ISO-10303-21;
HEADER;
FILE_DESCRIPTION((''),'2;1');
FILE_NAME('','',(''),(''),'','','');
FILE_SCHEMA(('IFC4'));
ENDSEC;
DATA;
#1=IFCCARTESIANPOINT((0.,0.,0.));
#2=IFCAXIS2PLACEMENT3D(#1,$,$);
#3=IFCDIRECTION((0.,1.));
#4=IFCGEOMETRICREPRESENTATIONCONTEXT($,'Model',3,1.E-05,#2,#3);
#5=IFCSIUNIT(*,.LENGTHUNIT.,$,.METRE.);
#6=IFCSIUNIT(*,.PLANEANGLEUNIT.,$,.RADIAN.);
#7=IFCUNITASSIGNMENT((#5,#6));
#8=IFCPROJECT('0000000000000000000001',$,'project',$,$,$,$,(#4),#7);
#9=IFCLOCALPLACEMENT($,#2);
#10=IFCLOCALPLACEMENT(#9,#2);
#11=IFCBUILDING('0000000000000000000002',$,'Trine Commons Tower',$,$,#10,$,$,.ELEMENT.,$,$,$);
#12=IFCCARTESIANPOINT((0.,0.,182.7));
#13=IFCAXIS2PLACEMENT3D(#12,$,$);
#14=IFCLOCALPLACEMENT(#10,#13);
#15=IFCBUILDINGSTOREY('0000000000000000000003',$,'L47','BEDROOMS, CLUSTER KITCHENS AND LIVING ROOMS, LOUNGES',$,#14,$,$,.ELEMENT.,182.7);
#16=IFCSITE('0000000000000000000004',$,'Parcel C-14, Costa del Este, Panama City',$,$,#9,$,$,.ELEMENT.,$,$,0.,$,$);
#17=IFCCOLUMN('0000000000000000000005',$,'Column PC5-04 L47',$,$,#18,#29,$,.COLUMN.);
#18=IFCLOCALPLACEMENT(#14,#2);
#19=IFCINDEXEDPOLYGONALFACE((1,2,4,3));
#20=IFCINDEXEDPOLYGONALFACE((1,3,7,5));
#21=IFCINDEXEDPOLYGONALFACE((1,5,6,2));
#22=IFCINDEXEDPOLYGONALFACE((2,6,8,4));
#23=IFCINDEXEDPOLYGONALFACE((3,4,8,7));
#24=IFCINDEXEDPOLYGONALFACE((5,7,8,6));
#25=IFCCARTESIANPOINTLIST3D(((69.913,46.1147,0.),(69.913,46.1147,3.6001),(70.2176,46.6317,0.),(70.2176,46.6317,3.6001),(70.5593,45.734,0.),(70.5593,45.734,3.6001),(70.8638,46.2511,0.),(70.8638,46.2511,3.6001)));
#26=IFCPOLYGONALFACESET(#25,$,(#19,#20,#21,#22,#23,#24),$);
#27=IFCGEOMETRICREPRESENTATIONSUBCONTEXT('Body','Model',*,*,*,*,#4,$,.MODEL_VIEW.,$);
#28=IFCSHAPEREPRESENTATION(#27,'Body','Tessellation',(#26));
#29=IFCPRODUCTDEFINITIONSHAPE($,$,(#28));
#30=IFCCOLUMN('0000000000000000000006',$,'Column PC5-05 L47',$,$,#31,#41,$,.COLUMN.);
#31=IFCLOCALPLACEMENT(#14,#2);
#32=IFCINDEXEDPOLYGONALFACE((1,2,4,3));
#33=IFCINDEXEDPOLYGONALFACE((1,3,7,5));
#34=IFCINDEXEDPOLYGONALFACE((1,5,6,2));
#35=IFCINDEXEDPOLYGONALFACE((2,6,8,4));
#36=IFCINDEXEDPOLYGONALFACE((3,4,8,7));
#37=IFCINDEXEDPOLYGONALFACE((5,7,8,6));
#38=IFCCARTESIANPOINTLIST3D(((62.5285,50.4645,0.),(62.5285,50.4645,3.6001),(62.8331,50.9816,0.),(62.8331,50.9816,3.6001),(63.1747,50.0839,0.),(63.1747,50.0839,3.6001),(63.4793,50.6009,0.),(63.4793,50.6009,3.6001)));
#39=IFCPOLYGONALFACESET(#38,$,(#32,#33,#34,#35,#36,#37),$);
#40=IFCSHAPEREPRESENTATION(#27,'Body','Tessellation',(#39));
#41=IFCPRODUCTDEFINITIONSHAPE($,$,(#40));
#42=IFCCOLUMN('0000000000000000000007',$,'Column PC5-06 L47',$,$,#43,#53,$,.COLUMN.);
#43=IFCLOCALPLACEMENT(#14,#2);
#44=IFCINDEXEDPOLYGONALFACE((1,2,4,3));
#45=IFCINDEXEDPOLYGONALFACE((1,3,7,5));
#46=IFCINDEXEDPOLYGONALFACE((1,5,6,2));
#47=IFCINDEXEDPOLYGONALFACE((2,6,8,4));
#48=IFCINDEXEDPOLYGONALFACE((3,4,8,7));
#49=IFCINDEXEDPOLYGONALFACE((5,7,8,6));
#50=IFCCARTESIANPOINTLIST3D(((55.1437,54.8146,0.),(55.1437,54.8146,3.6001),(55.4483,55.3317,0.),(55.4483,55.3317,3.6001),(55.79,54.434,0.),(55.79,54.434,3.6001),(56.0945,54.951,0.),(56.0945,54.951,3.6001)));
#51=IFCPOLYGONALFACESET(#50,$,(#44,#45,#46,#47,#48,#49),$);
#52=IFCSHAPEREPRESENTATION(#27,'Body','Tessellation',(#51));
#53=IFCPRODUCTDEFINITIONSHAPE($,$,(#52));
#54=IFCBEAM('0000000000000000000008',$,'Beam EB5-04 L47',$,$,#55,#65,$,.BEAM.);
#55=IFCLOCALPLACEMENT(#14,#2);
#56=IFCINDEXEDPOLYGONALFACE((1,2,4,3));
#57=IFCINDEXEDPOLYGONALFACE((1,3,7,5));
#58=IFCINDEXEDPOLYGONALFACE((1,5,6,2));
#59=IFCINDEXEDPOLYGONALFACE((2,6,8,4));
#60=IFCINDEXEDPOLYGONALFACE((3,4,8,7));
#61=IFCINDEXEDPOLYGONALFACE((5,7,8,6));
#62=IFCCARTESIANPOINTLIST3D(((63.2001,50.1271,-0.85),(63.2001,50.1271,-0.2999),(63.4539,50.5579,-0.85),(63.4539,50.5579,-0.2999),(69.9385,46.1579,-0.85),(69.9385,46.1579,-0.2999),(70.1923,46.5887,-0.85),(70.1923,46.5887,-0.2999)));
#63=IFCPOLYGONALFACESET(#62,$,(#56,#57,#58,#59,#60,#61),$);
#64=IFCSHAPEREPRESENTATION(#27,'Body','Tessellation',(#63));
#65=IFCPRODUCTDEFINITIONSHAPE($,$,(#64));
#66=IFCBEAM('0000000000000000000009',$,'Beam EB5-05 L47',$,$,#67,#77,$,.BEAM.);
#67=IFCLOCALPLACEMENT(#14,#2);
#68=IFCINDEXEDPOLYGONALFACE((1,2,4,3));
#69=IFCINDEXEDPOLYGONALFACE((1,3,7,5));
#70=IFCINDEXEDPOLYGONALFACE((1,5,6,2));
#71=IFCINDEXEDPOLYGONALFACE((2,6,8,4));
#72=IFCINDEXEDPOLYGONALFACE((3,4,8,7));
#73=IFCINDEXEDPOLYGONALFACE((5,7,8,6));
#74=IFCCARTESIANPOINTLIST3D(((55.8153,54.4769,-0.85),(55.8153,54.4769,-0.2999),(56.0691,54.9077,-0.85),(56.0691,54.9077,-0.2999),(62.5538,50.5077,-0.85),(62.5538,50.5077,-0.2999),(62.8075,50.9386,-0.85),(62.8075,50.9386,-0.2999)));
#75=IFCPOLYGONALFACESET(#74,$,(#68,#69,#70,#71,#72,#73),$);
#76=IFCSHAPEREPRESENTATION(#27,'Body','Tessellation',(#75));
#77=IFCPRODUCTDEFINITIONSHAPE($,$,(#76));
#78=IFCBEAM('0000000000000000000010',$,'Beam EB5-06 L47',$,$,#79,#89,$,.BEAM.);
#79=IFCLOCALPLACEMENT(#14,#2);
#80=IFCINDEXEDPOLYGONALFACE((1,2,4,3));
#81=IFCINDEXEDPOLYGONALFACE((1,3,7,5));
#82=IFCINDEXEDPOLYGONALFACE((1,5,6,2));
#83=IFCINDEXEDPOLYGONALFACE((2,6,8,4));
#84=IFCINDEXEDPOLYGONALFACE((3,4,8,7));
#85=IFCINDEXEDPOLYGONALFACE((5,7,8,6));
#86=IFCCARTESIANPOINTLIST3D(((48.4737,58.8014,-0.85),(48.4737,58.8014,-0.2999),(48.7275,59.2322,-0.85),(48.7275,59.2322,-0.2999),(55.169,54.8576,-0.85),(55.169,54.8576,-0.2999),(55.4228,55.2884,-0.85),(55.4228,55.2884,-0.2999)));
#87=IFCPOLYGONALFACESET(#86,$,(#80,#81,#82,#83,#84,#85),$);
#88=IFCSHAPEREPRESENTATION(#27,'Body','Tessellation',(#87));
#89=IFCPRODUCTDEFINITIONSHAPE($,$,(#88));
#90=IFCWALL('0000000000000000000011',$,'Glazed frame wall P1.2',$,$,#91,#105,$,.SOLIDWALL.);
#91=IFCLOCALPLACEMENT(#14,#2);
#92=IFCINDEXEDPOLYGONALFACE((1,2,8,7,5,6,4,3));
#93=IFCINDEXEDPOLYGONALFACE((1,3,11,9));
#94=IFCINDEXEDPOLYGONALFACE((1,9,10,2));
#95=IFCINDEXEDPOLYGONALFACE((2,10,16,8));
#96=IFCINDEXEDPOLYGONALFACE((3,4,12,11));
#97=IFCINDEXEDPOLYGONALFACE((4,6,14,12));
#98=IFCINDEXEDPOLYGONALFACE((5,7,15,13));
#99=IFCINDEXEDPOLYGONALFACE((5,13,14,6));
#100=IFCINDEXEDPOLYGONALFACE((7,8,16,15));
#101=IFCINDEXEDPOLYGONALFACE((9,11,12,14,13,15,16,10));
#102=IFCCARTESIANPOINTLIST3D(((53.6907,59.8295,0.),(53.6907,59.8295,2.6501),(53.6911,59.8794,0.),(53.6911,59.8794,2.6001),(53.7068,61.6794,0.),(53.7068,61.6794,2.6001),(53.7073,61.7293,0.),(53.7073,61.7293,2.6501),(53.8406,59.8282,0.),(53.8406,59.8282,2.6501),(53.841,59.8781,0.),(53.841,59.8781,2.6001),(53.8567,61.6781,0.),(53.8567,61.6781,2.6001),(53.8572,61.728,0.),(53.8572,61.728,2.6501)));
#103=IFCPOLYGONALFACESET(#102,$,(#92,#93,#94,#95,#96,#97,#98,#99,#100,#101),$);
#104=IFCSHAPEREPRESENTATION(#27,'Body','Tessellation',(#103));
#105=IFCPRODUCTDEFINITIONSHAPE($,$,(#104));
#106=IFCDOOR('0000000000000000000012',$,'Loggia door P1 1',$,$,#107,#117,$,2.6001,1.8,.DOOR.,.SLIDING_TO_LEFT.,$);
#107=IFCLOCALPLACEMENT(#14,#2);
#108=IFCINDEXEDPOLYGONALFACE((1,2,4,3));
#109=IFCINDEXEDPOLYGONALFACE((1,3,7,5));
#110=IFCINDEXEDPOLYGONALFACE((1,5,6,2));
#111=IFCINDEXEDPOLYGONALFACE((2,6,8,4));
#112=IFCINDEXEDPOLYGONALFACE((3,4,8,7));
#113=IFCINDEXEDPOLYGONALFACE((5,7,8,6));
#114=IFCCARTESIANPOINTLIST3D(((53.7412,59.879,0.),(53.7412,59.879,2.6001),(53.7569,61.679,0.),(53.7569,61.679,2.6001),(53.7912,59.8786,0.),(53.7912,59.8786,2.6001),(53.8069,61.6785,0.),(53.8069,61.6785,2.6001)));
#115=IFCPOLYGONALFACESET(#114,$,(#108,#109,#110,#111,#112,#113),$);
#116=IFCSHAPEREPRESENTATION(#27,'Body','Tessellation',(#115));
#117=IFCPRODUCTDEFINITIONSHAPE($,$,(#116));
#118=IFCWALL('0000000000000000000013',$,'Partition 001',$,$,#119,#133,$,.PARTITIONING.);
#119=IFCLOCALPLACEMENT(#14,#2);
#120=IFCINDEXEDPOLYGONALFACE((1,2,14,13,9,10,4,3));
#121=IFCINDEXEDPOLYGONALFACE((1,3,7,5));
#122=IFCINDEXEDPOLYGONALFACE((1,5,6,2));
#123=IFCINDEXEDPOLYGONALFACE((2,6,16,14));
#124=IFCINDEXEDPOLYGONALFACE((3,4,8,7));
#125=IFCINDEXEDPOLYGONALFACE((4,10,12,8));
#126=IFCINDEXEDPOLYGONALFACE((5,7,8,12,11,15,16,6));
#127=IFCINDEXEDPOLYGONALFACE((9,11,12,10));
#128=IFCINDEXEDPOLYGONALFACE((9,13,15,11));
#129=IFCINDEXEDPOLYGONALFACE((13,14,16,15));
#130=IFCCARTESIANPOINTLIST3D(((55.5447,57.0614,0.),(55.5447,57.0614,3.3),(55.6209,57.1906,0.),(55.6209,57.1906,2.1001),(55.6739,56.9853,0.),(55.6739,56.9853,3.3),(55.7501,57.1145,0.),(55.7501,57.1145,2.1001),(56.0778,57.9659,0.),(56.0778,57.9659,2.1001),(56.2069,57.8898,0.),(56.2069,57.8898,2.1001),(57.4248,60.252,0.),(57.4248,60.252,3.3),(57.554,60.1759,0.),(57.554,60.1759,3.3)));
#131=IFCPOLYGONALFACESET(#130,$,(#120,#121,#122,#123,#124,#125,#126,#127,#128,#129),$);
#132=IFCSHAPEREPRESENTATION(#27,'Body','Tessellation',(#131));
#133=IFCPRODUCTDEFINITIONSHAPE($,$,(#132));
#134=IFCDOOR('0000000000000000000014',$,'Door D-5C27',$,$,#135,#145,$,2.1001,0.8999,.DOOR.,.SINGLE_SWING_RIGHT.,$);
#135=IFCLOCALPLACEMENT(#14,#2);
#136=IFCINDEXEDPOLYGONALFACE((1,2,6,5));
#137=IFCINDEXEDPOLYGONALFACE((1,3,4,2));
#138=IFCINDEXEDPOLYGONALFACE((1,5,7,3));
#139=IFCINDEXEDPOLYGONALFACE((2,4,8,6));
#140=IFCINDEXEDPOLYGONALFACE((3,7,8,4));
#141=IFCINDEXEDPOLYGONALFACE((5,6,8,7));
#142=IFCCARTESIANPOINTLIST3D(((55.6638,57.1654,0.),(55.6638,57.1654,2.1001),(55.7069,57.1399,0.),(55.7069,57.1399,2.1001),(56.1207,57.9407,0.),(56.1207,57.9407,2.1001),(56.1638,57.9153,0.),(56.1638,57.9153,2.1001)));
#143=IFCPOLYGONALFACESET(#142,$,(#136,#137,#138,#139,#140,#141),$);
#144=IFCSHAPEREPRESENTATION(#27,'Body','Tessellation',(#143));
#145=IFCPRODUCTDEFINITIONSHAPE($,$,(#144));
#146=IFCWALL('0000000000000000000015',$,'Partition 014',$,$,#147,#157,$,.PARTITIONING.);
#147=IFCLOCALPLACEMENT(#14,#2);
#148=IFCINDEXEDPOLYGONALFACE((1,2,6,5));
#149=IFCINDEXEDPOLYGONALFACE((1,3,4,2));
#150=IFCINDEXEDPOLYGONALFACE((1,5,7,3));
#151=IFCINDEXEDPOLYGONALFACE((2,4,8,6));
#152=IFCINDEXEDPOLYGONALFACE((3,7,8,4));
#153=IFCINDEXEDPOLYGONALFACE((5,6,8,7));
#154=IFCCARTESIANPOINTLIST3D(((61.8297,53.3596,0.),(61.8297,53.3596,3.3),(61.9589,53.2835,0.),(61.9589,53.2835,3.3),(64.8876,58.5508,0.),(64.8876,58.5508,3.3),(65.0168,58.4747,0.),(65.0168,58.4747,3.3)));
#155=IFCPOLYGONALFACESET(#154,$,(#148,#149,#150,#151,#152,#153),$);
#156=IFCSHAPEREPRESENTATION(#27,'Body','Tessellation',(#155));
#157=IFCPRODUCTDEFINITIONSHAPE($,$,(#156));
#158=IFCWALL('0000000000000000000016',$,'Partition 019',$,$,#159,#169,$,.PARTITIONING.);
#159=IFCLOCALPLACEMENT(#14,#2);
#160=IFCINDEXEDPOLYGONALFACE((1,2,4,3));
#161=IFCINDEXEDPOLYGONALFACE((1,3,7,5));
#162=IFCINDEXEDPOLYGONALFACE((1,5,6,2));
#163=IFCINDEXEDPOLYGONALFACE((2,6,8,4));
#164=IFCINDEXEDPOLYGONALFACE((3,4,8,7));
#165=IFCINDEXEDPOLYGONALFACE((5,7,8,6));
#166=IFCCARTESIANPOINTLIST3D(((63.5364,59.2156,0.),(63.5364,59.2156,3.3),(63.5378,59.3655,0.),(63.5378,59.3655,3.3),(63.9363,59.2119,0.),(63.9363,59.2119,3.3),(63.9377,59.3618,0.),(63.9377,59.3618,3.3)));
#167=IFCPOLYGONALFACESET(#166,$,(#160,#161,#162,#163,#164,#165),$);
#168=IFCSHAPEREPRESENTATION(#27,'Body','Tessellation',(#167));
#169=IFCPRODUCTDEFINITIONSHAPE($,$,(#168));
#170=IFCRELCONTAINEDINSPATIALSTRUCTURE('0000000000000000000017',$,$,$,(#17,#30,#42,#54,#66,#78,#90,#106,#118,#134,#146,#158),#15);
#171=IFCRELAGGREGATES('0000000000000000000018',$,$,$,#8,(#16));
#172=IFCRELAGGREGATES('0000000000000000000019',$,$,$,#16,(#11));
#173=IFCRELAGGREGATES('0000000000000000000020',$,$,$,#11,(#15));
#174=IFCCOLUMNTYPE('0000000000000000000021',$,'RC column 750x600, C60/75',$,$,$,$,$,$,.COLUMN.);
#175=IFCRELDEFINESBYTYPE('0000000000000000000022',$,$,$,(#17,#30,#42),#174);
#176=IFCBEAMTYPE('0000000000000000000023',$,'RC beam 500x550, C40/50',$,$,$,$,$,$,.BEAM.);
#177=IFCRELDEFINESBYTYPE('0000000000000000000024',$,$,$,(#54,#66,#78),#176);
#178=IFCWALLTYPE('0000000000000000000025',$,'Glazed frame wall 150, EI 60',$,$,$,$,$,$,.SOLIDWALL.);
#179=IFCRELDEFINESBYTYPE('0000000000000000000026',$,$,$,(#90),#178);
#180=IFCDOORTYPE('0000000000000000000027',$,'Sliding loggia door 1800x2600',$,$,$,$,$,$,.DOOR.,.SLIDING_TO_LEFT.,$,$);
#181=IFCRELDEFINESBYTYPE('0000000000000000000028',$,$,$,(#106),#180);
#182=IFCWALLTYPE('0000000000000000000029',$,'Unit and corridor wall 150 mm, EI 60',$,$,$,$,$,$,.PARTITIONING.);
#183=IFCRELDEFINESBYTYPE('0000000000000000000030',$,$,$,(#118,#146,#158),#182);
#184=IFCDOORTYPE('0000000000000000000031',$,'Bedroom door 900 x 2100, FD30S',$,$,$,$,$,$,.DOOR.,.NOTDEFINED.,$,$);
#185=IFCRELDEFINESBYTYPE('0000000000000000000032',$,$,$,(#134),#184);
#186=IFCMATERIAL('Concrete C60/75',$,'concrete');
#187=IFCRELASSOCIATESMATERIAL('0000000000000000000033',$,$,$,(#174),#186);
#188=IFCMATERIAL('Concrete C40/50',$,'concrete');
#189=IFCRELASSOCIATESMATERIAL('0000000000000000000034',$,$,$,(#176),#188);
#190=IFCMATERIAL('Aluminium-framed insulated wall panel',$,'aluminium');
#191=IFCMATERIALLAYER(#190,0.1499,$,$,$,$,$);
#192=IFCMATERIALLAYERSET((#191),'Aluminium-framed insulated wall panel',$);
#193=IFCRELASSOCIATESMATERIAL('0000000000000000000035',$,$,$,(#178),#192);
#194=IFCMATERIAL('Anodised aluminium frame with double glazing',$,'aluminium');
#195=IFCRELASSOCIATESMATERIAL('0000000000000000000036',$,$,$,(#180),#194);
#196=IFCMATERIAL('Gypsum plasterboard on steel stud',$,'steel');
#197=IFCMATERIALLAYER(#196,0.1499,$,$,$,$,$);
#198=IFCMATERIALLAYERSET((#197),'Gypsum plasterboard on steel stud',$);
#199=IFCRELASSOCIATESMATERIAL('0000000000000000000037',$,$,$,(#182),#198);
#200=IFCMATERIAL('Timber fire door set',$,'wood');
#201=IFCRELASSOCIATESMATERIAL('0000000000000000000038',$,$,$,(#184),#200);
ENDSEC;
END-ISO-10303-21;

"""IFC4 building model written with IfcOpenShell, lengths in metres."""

from ifc_helpers import new_model, si_unit, direction, frame, frame_2d, origin, origin_2d, place, context, subcontext, project, spatial, polyline, rectangle, outline, extrude, material, layer, layer_set, material_profile, profile_set, type_object, element, fill, save


model = new_model("IFC4")

# Units and contexts
model_context = context("Model", 3, precision=1e-05, world=origin(), true_north=direction((0.0, 1.0)))
body_context = subcontext(model_context, "Body", "Model", "MODEL_VIEW")
ifc_project = project(units=[si_unit("LENGTHUNIT", "METRE"), si_unit("PLANEANGLEUNIT", "RADIAN")], contexts=[model_context])

# Site, building, storey
site_placement = place(None, origin())
site = spatial("IfcSite", under=ifc_project, at=site_placement, Name="Parcel C-14, Costa del Este, Panama City", CompositionType="ELEMENT", RefElevation=0.0)
building_placement = place(site_placement, origin())
building = spatial("IfcBuilding", under=site, at=building_placement, Name="Trine Commons Tower", CompositionType="ELEMENT")
storey_placement = place(building_placement, frame((0.0, 0.0, 182.7)))
storey = spatial("IfcBuildingStorey", under=building, at=storey_placement, Name="L47", Description="BEDROOMS, CLUSTER KITCHENS AND LIVING ROOMS, LOUNGES", CompositionType="ELEMENT", Elevation=182.7)

# Columns
ifc_material_1 = material(Name="Concrete C60/75", Category="concrete")
ifc_material_profile_1 = material_profile(ifc_material_1, rectangle(XDim=0.75, YDim=0.6001, at=origin_2d()), Name="RC 750x600")
ifc_profile_set_1 = profile_set([ifc_material_profile_1], Name="Concrete C60/75")
column_type = type_object("IfcColumnType", Name="RC column 750x600, C60/75", PredefinedType="COLUMN", material=ifc_profile_set_1)
for number, where, z_axis, x_axis, name in (
    (1, (70.3884, 46.1829, 0.0), (0.0, 0.0, 1.0), (-0.861629, 0.507538, 0.0), "Column PC5-04 L47"),
    (2, (63.0039, 50.5327, 0.0), (0.0, 0.0, 1.0), (-0.861629, 0.507538, 0.0), "Column PC5-05 L47"),
    (3, (55.6191, 54.8828, 0.0), (0.0, 0.0, 1.0), (-0.861629, 0.507538, 0.0), "Column PC5-06 L47"),
):
    element("IfcColumn", number, at=place(storey_placement, frame(where, z_axis=z_axis, x_axis=x_axis)), inside=storey, type_object=column_type, Name=name, PredefinedType="COLUMN", context=body_context, shape_type="SweptSolid", body=[
        extrude(rectangle(XDim=0.75, YDim=0.6001, at=origin_2d()), origin(), (0.0, 0.0, 1.0), 3.6001),
    ])

# Beams
ifc_material_2 = material(Name="Concrete C40/50", Category="concrete")
ifc_material_profile_2 = material_profile(ifc_material_2, rectangle(XDim=0.5, YDim=0.55, at=origin_2d()), Name="RC 500x550")
ifc_profile_set_2 = profile_set([ifc_material_profile_2], Name="Concrete C40/50")
beam_type = type_object("IfcBeamType", Name="RC beam 500x550, C40/50", PredefinedType="BEAM", material=ifc_profile_set_2)
for number, where, z_axis, x_axis, name in (
    (4, (70.0654, 46.3733, -0.575), (-0.861632, 0.507533, 0.0), (-0.507533, -0.861632, 0.0), "Beam EB5-04 L47"),
    (5, (62.6807, 50.7231, -0.575), (-0.861632, 0.507533, 0.0), (-0.507533, -0.861632, 0.0), "Beam EB5-05 L47"),
):
    element("IfcBeam", number, at=place(storey_placement, frame(where, z_axis=z_axis, x_axis=x_axis)), inside=storey, type_object=beam_type, Name=name, PredefinedType="BEAM", context=body_context, shape_type="SweptSolid", body=[
        extrude(rectangle(XDim=0.5, YDim=0.55, at=origin_2d()), origin(), (0.0, 0.0, 1.0), 7.8206),
    ])
beam_placement = place(storey_placement, frame((55.2959, 55.073, -0.575), z_axis=(-0.861629, 0.507539, 0.0), x_axis=(-0.507539, -0.861629, 0.0)))
element("IfcBeam", 6, at=beam_placement, inside=storey, type_object=beam_type, Name="Beam EB5-06 L47", PredefinedType="BEAM", context=body_context, shape_type="SweptSolid", body=[
    extrude(rectangle(XDim=0.5, YDim=0.55, at=origin_2d()), origin(), (0.0, 0.0, 1.0), 7.7705),
])

# Shared definitions
ifc_material_3 = material(Name="Aluminium-framed insulated wall panel", Category="aluminium")
ifc_layer_1 = layer(ifc_material_3, 0.1499)
ifc_layer_set_1 = layer_set([ifc_layer_1], Name="Aluminium-framed insulated wall panel")
wall_type_1 = type_object("IfcWallType", Name="Glazed frame wall 150, EI 60", PredefinedType="SOLIDWALL", material=ifc_layer_set_1)

# Walls, openings, doors
wall_1_placement = place(storey_placement, frame((53.7656, 59.8289, 0.0), z_axis=(0.0, 0.0, 1.0), x_axis=(0.008738, 0.999962, 0.0)))
wall_1 = element("IfcWall", 7, at=wall_1_placement, inside=storey, type_object=wall_type_1, Name="Glazed frame wall P1.2", PredefinedType="SOLIDWALL", context=body_context, shape_type="SweptSolid", body=[
    extrude(outline(polyline([(0.0, -0.075), (1.8999, -0.075), (1.8999, 0.075), (0.0, 0.075), (0.0, -0.075)])), origin(), (0.0, 0.0, 1.0), 2.6501),
])
opening_1_placement = place(wall_1_placement, frame((0.05, 0.0, 0.0)))
opening_1 = element("IfcOpeningElement", 8, at=opening_1_placement, cuts=wall_1, PredefinedType="OPENING", context=body_context, shape_type="SweptSolid", body=[
    extrude(rectangle(XDim=1.8, YDim=2.6001, at=frame_2d((0.8999, 1.3))), frame((0.0, 0.085, 0.0), z_axis=(0.0, -1.0, 0.0), x_axis=(1.0, 0.0, 0.0)), (0.0, 0.0, 1.0), 0.1699),
])
ifc_material_4 = material(Name="Anodised aluminium frame with double glazing", Category="aluminium")
door_type_1 = type_object("IfcDoorType", Name="Sliding loggia door 1800x2600", OperationType="SLIDING_TO_LEFT", PredefinedType="DOOR", material=ifc_material_4)
door_1_placement = place(opening_1_placement, origin())
door_1 = element("IfcDoor", 9, at=door_1_placement, inside=storey, type_object=door_type_1, Name="Loggia door P1 1", OperationType="SLIDING_TO_LEFT", OverallHeight=2.6001, OverallWidth=1.8, PredefinedType="DOOR", context=body_context, shape_type="SweptSolid", body=[
    extrude(rectangle(XDim=1.8, YDim=2.6001, at=frame_2d((0.8999, 1.3))), frame((0.0, 0.0249, 0.0), z_axis=(0.0, -1.0, 0.0), x_axis=(1.0, 0.0, 0.0)), (0.0, 0.0, 1.0), 0.05),
])
fill(opening_1, door_1)
ifc_material_5 = material(Name="Gypsum plasterboard on steel stud", Category="steel")
ifc_layer_2 = layer(ifc_material_5, 0.1499)
ifc_layer_set_2 = layer_set([ifc_layer_2], Name="Gypsum plasterboard on steel stud")
wall_type_2 = type_object("IfcWallType", Name="Unit and corridor wall 150 mm, EI 60", PredefinedType="PARTITIONING", material=ifc_layer_set_2)
wall_2_placement = place(storey_placement, frame((55.6094, 57.0234, 0.0), z_axis=(0.0, 0.0, 1.0), x_axis=(0.507674, 0.861549, 0.0)))
wall_2 = element("IfcWall", 10, at=wall_2_placement, inside=storey, type_object=wall_type_2, Name="Partition 001", PredefinedType="PARTITIONING", context=body_context, shape_type="SweptSolid", body=[
    extrude(rectangle(XDim=3.7034, YDim=0.1499, at=frame_2d((1.8516, 0.0))), origin(), (0.0, 0.0, 1.0), 3.3),
])
opening_2_placement = place(wall_2_placement, frame((0.1499, 0.0, 0.0)))
opening_2 = element("IfcOpeningElement", 11, at=opening_2_placement, cuts=wall_2, PredefinedType="OPENING", context=body_context, shape_type="SweptSolid", body=[
    extrude(rectangle(XDim=0.8999, YDim=2.1001, at=frame_2d((0.45, 1.05))), frame((0.0, 0.085, 0.0), z_axis=(0.0, -1.0, 0.0), x_axis=(1.0, 0.0, 0.0)), (0.0, 0.0, 1.0), 0.1699),
])
ifc_material_6 = material(Name="Timber fire door set", Category="wood")
door_type_2 = type_object("IfcDoorType", Name="Bedroom door 900 x 2100, FD30S", OperationType="NOTDEFINED", PredefinedType="DOOR", material=ifc_material_6)
door_2_placement = place(opening_2_placement, frame((0.8999, 0.0, 0.0), z_axis=(0.0, 0.0, 1.0), x_axis=(-1.0, 0.0, 0.0)))
door_2 = element("IfcDoor", 12, at=door_2_placement, inside=storey, type_object=door_type_2, Name="Door D-5C27", OperationType="SINGLE_SWING_RIGHT", OverallHeight=2.1001, OverallWidth=0.8999, PredefinedType="DOOR", context=body_context, shape_type="SweptSolid", body=[
    extrude(rectangle(XDim=0.8999, YDim=2.1001, at=frame_2d((0.45, 1.05))), frame((0.0, 0.0249, 0.0), z_axis=(0.0, -1.0, 0.0), x_axis=(1.0, 0.0, 0.0)), (0.0, 0.0, 1.0), 0.05),
])
fill(opening_2, door_2)

# Walls
wall_3_placement = place(storey_placement, frame((61.8943, 53.3215, 0.0), z_axis=(0.0, 0.0, 1.0), x_axis=(0.507542, 0.861627, 0.0)))
element("IfcWall", 13, at=wall_3_placement, inside=storey, type_object=wall_type_2, Name="Partition 014", PredefinedType="PARTITIONING", context=body_context, shape_type="SweptSolid", body=[
    extrude(rectangle(XDim=6.0249, YDim=0.1499, at=frame_2d((3.0125, 0.0))), origin(), (0.0, 0.0, 1.0), 3.3),
])
wall_4_placement = place(storey_placement, frame((63.5371, 59.2905, 0.0), z_axis=(0.0, 0.0, 1.0), x_axis=(0.999958, -0.009157, 0.0)))
element("IfcWall", 14, at=wall_4_placement, inside=storey, type_object=wall_type_2, Name="Partition 019", PredefinedType="PARTITIONING", context=body_context, shape_type="SweptSolid", body=[
    extrude(rectangle(XDim=0.3999, YDim=0.1499, at=frame_2d((0.2, 0.0))), origin(), (0.0, 0.0, 1.0), 3.3),
])

save(model, "model.ifc")
